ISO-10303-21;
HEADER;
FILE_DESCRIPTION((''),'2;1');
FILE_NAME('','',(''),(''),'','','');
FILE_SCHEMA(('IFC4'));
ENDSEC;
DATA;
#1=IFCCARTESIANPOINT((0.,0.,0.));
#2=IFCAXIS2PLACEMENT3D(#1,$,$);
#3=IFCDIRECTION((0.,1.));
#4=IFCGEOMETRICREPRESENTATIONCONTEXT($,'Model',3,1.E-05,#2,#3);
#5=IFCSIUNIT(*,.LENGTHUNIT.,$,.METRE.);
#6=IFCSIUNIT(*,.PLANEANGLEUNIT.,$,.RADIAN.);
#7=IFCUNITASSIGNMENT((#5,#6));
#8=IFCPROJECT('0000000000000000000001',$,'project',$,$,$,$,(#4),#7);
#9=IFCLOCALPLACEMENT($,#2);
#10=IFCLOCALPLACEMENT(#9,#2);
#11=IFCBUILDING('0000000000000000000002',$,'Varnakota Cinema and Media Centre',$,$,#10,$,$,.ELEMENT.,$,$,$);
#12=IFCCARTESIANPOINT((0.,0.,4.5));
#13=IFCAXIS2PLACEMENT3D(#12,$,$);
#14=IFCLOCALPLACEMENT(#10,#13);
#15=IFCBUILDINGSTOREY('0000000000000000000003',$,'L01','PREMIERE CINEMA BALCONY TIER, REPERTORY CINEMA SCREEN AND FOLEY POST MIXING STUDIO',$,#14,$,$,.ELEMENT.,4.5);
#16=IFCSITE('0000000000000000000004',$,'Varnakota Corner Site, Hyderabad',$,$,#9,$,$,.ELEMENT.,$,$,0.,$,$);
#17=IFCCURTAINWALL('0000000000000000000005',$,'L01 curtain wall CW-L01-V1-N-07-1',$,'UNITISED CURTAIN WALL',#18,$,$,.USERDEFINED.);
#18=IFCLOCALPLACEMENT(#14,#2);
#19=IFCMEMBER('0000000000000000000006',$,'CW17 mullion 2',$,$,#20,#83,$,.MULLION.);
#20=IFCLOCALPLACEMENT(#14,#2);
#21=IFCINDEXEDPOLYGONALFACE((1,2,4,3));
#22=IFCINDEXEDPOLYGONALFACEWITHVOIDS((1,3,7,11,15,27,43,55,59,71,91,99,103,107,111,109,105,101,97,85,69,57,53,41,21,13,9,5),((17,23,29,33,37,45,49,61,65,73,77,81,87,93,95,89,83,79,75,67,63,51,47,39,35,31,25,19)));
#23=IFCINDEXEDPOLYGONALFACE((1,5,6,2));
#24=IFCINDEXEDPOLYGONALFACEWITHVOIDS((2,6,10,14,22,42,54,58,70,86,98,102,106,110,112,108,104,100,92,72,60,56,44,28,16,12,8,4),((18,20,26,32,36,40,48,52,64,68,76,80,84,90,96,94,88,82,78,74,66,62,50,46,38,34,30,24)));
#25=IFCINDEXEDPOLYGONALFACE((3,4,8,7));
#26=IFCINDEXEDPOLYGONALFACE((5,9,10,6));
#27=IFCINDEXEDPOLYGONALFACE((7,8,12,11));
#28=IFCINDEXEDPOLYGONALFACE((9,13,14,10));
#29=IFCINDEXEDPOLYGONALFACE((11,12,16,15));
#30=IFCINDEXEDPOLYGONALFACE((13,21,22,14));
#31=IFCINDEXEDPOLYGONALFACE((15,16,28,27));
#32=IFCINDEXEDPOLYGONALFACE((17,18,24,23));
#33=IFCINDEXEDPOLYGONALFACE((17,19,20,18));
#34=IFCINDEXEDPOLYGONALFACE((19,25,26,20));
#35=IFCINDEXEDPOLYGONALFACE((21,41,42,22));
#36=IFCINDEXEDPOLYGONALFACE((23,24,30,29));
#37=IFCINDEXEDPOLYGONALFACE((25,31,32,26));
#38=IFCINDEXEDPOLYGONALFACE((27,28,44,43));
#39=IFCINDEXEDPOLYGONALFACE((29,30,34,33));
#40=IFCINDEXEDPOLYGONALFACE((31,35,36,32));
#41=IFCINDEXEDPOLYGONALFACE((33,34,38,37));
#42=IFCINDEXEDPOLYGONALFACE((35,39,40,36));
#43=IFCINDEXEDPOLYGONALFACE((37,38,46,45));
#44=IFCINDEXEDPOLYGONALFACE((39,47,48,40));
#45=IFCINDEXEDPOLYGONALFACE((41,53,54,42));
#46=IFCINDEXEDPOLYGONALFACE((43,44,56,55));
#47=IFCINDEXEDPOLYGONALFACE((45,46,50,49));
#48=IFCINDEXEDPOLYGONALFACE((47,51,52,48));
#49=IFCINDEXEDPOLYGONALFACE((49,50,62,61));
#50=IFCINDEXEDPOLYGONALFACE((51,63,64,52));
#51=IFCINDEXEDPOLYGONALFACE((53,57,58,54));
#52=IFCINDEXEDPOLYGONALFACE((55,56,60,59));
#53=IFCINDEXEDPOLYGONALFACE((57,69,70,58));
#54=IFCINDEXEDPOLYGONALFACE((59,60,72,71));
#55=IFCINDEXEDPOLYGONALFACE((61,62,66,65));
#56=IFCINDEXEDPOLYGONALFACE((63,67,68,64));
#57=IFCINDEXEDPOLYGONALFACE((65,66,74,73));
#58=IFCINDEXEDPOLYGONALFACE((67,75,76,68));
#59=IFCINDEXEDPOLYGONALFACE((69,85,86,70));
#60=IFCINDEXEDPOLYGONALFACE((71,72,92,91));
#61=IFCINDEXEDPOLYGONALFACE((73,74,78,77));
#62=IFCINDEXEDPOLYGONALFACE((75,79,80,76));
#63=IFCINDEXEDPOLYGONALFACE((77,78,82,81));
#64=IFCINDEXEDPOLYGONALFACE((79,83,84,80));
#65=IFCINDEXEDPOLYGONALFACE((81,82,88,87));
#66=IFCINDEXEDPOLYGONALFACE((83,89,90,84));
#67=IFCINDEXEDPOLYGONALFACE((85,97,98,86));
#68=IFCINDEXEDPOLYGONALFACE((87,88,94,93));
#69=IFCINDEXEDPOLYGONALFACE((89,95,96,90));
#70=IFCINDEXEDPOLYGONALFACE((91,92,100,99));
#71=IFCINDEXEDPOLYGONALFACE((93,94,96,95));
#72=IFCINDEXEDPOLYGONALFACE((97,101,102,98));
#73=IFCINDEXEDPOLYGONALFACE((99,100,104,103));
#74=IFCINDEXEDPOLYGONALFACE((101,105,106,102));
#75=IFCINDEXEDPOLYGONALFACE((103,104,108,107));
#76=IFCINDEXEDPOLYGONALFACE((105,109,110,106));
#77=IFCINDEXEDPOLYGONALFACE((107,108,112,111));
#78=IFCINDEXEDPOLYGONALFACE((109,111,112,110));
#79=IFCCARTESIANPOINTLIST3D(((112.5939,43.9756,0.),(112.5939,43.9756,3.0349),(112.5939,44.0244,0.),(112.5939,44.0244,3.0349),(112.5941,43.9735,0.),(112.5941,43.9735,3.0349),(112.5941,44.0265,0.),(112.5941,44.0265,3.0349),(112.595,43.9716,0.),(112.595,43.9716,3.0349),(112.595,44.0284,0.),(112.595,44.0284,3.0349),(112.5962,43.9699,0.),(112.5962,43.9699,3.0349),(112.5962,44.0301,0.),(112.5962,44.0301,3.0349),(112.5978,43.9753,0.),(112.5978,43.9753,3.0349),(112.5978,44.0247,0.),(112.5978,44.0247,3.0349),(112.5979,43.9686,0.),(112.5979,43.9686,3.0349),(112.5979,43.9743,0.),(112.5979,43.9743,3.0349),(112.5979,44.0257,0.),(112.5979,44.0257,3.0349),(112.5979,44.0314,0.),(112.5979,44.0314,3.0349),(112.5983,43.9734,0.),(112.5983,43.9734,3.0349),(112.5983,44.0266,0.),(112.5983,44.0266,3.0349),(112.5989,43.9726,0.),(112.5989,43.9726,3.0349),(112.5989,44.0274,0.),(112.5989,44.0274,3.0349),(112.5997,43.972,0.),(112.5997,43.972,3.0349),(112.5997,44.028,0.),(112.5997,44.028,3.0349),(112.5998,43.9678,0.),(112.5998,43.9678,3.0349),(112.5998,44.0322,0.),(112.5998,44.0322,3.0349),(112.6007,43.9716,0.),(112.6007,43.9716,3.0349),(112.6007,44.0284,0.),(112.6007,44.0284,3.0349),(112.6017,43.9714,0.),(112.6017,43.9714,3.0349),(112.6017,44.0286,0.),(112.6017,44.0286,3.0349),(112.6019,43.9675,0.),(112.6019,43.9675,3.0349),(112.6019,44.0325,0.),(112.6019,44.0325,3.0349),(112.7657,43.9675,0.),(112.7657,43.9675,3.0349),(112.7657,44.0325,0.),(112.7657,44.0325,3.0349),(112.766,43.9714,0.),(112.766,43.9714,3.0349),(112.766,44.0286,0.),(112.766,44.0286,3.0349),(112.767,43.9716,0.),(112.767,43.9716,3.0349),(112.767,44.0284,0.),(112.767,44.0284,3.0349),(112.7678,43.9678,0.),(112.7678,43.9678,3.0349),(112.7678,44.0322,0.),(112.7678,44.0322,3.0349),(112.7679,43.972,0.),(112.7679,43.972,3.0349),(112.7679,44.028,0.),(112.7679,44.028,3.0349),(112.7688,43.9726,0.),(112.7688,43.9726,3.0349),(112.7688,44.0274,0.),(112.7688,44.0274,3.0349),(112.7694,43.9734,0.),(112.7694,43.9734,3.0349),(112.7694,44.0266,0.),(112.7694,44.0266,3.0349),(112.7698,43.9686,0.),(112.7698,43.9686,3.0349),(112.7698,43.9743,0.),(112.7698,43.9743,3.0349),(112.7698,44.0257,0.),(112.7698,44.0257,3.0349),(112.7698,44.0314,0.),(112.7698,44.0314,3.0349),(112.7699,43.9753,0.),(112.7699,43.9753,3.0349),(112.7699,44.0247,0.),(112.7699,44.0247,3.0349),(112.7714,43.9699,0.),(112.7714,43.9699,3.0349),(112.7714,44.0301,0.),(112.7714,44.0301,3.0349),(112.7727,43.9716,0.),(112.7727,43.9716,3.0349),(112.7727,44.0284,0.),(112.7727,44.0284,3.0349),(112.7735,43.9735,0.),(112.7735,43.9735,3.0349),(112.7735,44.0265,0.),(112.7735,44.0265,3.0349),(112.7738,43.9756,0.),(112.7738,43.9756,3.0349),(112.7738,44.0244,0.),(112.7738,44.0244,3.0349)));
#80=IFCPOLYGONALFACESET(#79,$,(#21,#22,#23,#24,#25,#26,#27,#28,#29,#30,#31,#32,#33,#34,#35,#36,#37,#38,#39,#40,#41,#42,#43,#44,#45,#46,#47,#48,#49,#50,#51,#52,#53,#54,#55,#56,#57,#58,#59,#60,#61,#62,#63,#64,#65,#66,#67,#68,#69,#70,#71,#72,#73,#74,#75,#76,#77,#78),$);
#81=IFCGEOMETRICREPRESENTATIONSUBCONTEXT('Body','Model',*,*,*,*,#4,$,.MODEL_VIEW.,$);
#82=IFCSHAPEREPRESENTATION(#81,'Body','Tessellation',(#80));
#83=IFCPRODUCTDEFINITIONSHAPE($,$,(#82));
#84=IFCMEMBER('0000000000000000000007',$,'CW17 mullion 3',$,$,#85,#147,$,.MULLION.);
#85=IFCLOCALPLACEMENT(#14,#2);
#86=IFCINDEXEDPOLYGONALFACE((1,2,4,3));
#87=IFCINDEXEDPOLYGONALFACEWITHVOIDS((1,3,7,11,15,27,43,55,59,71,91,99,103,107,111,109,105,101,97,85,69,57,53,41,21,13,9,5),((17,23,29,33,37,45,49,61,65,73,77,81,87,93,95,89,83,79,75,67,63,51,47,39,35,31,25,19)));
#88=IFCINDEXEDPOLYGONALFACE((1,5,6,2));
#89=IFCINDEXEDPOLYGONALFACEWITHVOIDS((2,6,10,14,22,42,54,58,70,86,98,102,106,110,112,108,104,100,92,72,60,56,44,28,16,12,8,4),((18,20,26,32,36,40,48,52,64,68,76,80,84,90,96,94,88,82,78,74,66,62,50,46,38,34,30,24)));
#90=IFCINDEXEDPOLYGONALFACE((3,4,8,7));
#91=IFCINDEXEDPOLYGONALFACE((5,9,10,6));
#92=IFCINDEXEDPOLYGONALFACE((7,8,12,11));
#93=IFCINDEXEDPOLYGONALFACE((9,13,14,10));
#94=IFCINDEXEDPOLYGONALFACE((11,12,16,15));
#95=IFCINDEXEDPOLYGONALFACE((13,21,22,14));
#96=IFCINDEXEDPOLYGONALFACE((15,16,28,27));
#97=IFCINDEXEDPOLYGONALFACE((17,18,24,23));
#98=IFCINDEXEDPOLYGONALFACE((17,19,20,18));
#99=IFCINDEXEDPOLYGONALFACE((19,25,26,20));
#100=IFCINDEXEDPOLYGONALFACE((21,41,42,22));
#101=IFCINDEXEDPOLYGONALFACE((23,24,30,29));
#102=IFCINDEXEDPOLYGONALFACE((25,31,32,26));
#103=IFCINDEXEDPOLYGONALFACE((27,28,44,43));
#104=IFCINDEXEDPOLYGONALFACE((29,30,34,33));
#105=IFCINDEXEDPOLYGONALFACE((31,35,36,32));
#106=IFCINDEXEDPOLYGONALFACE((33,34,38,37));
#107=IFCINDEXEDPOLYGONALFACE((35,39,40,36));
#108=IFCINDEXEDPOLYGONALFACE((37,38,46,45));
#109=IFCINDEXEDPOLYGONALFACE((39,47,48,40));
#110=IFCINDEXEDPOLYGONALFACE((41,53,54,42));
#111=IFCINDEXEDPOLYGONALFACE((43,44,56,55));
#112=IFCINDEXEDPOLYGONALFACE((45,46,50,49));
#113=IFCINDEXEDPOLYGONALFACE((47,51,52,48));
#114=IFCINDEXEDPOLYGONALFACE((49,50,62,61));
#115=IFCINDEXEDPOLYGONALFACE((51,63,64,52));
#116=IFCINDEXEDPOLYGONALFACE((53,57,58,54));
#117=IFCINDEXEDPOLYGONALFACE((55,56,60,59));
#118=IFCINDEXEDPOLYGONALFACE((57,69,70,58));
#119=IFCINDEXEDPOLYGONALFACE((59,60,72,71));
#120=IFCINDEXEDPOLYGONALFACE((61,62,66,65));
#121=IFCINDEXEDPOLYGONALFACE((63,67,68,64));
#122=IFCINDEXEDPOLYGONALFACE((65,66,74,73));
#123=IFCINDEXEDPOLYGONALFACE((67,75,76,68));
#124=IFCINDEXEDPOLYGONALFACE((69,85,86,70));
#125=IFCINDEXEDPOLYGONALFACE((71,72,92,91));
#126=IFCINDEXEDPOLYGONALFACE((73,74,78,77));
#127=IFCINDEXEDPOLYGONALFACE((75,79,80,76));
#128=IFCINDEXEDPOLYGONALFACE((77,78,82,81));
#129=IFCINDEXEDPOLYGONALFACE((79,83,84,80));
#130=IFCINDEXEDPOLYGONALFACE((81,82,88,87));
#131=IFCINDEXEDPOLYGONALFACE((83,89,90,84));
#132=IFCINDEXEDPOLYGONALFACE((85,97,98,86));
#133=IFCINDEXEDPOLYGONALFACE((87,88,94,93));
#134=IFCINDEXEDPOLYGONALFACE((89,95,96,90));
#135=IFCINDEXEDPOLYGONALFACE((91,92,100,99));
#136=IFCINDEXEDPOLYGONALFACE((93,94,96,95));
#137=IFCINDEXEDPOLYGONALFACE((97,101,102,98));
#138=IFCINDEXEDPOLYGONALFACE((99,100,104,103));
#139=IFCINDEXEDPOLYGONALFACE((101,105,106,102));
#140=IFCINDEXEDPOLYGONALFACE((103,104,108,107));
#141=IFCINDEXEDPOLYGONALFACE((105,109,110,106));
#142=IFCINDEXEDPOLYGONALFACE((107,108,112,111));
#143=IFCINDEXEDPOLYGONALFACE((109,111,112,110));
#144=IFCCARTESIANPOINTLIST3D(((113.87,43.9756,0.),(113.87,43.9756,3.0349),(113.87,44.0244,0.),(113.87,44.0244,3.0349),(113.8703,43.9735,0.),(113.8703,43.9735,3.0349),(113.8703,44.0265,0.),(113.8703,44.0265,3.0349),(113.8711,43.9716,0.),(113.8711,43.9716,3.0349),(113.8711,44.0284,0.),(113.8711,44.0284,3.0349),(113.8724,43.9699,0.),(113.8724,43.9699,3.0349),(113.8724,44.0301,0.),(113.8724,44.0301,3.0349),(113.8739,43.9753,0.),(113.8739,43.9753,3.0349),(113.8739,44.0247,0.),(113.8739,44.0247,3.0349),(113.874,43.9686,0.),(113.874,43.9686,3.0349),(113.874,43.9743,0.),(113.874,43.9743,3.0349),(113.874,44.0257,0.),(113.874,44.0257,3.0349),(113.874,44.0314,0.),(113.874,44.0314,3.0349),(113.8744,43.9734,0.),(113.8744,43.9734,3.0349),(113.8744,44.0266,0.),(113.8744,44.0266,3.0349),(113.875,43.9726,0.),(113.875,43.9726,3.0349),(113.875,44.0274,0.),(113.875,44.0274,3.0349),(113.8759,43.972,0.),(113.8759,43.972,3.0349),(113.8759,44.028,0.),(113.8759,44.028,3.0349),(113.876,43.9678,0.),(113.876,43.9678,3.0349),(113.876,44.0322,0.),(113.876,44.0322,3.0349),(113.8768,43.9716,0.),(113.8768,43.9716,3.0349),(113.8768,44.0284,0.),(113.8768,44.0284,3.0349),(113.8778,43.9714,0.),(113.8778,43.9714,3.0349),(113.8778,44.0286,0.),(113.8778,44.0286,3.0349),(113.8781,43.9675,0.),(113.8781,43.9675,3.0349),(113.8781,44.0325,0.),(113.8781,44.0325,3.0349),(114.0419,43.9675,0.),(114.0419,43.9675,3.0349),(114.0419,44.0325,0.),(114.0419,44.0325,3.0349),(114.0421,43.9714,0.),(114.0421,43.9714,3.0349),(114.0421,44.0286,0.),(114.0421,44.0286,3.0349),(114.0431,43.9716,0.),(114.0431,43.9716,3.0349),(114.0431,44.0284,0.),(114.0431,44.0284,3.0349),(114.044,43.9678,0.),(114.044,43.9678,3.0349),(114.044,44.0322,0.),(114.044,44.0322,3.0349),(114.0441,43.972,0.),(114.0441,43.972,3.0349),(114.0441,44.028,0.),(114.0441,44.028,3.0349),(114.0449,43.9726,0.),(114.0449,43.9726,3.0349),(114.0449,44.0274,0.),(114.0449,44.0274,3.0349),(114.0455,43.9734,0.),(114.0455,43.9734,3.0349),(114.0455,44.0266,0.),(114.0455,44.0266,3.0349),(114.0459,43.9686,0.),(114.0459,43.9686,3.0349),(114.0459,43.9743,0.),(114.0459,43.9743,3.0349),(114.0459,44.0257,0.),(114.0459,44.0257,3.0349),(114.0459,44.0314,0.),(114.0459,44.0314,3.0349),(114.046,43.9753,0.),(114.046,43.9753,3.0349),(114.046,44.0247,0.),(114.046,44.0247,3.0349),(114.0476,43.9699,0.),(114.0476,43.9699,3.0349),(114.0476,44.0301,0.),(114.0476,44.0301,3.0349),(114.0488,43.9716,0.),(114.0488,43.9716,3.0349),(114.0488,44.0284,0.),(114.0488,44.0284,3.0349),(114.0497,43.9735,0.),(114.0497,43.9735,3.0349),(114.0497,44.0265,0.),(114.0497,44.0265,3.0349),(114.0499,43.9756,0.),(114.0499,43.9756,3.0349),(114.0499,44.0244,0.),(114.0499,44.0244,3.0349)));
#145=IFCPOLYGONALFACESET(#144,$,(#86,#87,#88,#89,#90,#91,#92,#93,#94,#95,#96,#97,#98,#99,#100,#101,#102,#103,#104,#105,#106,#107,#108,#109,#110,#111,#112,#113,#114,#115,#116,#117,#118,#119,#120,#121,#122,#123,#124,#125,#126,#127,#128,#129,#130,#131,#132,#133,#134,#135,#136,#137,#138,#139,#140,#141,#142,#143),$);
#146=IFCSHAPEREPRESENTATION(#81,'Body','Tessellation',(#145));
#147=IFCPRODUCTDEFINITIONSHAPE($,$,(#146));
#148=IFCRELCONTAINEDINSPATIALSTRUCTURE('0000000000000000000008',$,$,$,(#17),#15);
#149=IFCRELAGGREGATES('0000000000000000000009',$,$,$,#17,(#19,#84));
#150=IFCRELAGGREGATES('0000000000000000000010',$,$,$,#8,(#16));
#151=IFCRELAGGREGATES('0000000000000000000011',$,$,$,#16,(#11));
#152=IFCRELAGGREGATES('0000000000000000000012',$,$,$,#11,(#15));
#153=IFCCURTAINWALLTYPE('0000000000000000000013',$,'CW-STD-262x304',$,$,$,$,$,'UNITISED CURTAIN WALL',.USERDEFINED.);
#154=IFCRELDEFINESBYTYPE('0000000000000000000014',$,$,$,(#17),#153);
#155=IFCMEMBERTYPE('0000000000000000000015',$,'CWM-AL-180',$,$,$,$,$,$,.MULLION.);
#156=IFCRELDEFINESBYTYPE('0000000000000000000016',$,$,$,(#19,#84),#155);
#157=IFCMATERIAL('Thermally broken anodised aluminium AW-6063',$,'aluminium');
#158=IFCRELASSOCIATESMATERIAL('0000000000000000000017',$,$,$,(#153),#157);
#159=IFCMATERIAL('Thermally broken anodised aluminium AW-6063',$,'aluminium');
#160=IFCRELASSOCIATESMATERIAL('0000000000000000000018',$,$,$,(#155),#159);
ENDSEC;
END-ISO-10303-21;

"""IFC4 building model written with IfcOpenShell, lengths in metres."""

from ifc_helpers import new_model, si_unit, direction, frame, origin, origin_2d, place, context, subcontext, project, spatial, hollow_rectangle, extrude, material, material_profile, profile_set, type_object, element, aggregate, save


model = new_model("IFC4")

# Units and contexts
model_context = context("Model", 3, precision=1e-05, world=origin(), true_north=direction((0.0, 1.0)))
body_context = subcontext(model_context, "Body", "Model", "MODEL_VIEW")
ifc_project = project(units=[si_unit("LENGTHUNIT", "METRE"), si_unit("PLANEANGLEUNIT", "RADIAN")], contexts=[model_context])

# Site, building, storey
site_placement = place(None, origin())
site = spatial("IfcSite", under=ifc_project, at=site_placement, Name="Varnakota Corner Site, Hyderabad", CompositionType="ELEMENT", RefElevation=0.0)
building_placement = place(site_placement, origin())
building = spatial("IfcBuilding", under=site, at=building_placement, Name="Varnakota Cinema and Media Centre", CompositionType="ELEMENT")
storey_placement = place(building_placement, frame((0.0, 0.0, 4.5)))
storey = spatial("IfcBuildingStorey", under=building, at=storey_placement, Name="L01", Description="PREMIERE CINEMA BALCONY TIER, REPERTORY CINEMA SCREEN AND FOLEY POST MIXING STUDIO", CompositionType="ELEMENT", Elevation=4.5)

# Shared definitions
ifc_material_1 = material(Name="Thermally broken anodised aluminium AW-6063", Category="aluminium")
curtain_wall_type = type_object("IfcCurtainWallType", Name="CW-STD-262x304", ElementType="UNITISED CURTAIN WALL", PredefinedType="USERDEFINED", material=ifc_material_1)
ifc_material_2 = material(Name="Thermally broken anodised aluminium AW-6063", Category="aluminium")
ifc_material_profile_1 = material_profile(ifc_material_2, hollow_rectangle(XDim=0.0649, YDim=0.1799, WallThickness=0.0039, InnerFilletRadius=0.0039, OuterFilletRadius=0.0081, at=origin_2d()), Name="AL-MULLION 180x65x4")
ifc_profile_set_1 = profile_set([ifc_material_profile_1], Name="Thermally broken anodised aluminium AW-6063")
member_type_1 = type_object("IfcMemberType", Name="CWM-AL-180", PredefinedType="MULLION", material=ifc_profile_set_1)

# Curtain wall, members
curtain_wall_1_placement = place(storey_placement, origin())
curtain_wall_1 = element("IfcCurtainWall", 1, at=curtain_wall_1_placement, inside=storey, type_object=curtain_wall_type, Name="L01 curtain wall CW-L01-V1-N-07-1", ObjectType="UNITISED CURTAIN WALL", PredefinedType="USERDEFINED")
member_1_placement = place(storey_placement, frame((112.6838, 44.0, 0.0), z_axis=(0.0, 0.0, 1.0), x_axis=(0.0, 1.0, 0.0)))
member_1 = element("IfcMember", 2, at=member_1_placement, type_object=member_type_1, Name="CW17 mullion 2", PredefinedType="MULLION", context=body_context, shape_type="SweptSolid", body=[
    extrude(hollow_rectangle(XDim=0.0649, YDim=0.1799, WallThickness=0.0039, InnerFilletRadius=0.0039, OuterFilletRadius=0.0081, at=origin_2d()), origin(), (0.0, 0.0, 1.0), 3.0349),
])
member_2_placement = place(storey_placement, frame((113.96, 44.0, 0.0), z_axis=(0.0, 0.0, 1.0), x_axis=(0.0, 1.0, 0.0)))
member_2 = element("IfcMember", 3, at=member_2_placement, type_object=member_type_1, Name="CW17 mullion 3", PredefinedType="MULLION", context=body_context, shape_type="SweptSolid", body=[
    extrude(hollow_rectangle(XDim=0.0649, YDim=0.1799, WallThickness=0.0039, InnerFilletRadius=0.0039, OuterFilletRadius=0.0081, at=origin_2d()), origin(), (0.0, 0.0, 1.0), 3.0349),
])

aggregate(curtain_wall_1, [member_1, member_2])

save(model, "model.ifc")
